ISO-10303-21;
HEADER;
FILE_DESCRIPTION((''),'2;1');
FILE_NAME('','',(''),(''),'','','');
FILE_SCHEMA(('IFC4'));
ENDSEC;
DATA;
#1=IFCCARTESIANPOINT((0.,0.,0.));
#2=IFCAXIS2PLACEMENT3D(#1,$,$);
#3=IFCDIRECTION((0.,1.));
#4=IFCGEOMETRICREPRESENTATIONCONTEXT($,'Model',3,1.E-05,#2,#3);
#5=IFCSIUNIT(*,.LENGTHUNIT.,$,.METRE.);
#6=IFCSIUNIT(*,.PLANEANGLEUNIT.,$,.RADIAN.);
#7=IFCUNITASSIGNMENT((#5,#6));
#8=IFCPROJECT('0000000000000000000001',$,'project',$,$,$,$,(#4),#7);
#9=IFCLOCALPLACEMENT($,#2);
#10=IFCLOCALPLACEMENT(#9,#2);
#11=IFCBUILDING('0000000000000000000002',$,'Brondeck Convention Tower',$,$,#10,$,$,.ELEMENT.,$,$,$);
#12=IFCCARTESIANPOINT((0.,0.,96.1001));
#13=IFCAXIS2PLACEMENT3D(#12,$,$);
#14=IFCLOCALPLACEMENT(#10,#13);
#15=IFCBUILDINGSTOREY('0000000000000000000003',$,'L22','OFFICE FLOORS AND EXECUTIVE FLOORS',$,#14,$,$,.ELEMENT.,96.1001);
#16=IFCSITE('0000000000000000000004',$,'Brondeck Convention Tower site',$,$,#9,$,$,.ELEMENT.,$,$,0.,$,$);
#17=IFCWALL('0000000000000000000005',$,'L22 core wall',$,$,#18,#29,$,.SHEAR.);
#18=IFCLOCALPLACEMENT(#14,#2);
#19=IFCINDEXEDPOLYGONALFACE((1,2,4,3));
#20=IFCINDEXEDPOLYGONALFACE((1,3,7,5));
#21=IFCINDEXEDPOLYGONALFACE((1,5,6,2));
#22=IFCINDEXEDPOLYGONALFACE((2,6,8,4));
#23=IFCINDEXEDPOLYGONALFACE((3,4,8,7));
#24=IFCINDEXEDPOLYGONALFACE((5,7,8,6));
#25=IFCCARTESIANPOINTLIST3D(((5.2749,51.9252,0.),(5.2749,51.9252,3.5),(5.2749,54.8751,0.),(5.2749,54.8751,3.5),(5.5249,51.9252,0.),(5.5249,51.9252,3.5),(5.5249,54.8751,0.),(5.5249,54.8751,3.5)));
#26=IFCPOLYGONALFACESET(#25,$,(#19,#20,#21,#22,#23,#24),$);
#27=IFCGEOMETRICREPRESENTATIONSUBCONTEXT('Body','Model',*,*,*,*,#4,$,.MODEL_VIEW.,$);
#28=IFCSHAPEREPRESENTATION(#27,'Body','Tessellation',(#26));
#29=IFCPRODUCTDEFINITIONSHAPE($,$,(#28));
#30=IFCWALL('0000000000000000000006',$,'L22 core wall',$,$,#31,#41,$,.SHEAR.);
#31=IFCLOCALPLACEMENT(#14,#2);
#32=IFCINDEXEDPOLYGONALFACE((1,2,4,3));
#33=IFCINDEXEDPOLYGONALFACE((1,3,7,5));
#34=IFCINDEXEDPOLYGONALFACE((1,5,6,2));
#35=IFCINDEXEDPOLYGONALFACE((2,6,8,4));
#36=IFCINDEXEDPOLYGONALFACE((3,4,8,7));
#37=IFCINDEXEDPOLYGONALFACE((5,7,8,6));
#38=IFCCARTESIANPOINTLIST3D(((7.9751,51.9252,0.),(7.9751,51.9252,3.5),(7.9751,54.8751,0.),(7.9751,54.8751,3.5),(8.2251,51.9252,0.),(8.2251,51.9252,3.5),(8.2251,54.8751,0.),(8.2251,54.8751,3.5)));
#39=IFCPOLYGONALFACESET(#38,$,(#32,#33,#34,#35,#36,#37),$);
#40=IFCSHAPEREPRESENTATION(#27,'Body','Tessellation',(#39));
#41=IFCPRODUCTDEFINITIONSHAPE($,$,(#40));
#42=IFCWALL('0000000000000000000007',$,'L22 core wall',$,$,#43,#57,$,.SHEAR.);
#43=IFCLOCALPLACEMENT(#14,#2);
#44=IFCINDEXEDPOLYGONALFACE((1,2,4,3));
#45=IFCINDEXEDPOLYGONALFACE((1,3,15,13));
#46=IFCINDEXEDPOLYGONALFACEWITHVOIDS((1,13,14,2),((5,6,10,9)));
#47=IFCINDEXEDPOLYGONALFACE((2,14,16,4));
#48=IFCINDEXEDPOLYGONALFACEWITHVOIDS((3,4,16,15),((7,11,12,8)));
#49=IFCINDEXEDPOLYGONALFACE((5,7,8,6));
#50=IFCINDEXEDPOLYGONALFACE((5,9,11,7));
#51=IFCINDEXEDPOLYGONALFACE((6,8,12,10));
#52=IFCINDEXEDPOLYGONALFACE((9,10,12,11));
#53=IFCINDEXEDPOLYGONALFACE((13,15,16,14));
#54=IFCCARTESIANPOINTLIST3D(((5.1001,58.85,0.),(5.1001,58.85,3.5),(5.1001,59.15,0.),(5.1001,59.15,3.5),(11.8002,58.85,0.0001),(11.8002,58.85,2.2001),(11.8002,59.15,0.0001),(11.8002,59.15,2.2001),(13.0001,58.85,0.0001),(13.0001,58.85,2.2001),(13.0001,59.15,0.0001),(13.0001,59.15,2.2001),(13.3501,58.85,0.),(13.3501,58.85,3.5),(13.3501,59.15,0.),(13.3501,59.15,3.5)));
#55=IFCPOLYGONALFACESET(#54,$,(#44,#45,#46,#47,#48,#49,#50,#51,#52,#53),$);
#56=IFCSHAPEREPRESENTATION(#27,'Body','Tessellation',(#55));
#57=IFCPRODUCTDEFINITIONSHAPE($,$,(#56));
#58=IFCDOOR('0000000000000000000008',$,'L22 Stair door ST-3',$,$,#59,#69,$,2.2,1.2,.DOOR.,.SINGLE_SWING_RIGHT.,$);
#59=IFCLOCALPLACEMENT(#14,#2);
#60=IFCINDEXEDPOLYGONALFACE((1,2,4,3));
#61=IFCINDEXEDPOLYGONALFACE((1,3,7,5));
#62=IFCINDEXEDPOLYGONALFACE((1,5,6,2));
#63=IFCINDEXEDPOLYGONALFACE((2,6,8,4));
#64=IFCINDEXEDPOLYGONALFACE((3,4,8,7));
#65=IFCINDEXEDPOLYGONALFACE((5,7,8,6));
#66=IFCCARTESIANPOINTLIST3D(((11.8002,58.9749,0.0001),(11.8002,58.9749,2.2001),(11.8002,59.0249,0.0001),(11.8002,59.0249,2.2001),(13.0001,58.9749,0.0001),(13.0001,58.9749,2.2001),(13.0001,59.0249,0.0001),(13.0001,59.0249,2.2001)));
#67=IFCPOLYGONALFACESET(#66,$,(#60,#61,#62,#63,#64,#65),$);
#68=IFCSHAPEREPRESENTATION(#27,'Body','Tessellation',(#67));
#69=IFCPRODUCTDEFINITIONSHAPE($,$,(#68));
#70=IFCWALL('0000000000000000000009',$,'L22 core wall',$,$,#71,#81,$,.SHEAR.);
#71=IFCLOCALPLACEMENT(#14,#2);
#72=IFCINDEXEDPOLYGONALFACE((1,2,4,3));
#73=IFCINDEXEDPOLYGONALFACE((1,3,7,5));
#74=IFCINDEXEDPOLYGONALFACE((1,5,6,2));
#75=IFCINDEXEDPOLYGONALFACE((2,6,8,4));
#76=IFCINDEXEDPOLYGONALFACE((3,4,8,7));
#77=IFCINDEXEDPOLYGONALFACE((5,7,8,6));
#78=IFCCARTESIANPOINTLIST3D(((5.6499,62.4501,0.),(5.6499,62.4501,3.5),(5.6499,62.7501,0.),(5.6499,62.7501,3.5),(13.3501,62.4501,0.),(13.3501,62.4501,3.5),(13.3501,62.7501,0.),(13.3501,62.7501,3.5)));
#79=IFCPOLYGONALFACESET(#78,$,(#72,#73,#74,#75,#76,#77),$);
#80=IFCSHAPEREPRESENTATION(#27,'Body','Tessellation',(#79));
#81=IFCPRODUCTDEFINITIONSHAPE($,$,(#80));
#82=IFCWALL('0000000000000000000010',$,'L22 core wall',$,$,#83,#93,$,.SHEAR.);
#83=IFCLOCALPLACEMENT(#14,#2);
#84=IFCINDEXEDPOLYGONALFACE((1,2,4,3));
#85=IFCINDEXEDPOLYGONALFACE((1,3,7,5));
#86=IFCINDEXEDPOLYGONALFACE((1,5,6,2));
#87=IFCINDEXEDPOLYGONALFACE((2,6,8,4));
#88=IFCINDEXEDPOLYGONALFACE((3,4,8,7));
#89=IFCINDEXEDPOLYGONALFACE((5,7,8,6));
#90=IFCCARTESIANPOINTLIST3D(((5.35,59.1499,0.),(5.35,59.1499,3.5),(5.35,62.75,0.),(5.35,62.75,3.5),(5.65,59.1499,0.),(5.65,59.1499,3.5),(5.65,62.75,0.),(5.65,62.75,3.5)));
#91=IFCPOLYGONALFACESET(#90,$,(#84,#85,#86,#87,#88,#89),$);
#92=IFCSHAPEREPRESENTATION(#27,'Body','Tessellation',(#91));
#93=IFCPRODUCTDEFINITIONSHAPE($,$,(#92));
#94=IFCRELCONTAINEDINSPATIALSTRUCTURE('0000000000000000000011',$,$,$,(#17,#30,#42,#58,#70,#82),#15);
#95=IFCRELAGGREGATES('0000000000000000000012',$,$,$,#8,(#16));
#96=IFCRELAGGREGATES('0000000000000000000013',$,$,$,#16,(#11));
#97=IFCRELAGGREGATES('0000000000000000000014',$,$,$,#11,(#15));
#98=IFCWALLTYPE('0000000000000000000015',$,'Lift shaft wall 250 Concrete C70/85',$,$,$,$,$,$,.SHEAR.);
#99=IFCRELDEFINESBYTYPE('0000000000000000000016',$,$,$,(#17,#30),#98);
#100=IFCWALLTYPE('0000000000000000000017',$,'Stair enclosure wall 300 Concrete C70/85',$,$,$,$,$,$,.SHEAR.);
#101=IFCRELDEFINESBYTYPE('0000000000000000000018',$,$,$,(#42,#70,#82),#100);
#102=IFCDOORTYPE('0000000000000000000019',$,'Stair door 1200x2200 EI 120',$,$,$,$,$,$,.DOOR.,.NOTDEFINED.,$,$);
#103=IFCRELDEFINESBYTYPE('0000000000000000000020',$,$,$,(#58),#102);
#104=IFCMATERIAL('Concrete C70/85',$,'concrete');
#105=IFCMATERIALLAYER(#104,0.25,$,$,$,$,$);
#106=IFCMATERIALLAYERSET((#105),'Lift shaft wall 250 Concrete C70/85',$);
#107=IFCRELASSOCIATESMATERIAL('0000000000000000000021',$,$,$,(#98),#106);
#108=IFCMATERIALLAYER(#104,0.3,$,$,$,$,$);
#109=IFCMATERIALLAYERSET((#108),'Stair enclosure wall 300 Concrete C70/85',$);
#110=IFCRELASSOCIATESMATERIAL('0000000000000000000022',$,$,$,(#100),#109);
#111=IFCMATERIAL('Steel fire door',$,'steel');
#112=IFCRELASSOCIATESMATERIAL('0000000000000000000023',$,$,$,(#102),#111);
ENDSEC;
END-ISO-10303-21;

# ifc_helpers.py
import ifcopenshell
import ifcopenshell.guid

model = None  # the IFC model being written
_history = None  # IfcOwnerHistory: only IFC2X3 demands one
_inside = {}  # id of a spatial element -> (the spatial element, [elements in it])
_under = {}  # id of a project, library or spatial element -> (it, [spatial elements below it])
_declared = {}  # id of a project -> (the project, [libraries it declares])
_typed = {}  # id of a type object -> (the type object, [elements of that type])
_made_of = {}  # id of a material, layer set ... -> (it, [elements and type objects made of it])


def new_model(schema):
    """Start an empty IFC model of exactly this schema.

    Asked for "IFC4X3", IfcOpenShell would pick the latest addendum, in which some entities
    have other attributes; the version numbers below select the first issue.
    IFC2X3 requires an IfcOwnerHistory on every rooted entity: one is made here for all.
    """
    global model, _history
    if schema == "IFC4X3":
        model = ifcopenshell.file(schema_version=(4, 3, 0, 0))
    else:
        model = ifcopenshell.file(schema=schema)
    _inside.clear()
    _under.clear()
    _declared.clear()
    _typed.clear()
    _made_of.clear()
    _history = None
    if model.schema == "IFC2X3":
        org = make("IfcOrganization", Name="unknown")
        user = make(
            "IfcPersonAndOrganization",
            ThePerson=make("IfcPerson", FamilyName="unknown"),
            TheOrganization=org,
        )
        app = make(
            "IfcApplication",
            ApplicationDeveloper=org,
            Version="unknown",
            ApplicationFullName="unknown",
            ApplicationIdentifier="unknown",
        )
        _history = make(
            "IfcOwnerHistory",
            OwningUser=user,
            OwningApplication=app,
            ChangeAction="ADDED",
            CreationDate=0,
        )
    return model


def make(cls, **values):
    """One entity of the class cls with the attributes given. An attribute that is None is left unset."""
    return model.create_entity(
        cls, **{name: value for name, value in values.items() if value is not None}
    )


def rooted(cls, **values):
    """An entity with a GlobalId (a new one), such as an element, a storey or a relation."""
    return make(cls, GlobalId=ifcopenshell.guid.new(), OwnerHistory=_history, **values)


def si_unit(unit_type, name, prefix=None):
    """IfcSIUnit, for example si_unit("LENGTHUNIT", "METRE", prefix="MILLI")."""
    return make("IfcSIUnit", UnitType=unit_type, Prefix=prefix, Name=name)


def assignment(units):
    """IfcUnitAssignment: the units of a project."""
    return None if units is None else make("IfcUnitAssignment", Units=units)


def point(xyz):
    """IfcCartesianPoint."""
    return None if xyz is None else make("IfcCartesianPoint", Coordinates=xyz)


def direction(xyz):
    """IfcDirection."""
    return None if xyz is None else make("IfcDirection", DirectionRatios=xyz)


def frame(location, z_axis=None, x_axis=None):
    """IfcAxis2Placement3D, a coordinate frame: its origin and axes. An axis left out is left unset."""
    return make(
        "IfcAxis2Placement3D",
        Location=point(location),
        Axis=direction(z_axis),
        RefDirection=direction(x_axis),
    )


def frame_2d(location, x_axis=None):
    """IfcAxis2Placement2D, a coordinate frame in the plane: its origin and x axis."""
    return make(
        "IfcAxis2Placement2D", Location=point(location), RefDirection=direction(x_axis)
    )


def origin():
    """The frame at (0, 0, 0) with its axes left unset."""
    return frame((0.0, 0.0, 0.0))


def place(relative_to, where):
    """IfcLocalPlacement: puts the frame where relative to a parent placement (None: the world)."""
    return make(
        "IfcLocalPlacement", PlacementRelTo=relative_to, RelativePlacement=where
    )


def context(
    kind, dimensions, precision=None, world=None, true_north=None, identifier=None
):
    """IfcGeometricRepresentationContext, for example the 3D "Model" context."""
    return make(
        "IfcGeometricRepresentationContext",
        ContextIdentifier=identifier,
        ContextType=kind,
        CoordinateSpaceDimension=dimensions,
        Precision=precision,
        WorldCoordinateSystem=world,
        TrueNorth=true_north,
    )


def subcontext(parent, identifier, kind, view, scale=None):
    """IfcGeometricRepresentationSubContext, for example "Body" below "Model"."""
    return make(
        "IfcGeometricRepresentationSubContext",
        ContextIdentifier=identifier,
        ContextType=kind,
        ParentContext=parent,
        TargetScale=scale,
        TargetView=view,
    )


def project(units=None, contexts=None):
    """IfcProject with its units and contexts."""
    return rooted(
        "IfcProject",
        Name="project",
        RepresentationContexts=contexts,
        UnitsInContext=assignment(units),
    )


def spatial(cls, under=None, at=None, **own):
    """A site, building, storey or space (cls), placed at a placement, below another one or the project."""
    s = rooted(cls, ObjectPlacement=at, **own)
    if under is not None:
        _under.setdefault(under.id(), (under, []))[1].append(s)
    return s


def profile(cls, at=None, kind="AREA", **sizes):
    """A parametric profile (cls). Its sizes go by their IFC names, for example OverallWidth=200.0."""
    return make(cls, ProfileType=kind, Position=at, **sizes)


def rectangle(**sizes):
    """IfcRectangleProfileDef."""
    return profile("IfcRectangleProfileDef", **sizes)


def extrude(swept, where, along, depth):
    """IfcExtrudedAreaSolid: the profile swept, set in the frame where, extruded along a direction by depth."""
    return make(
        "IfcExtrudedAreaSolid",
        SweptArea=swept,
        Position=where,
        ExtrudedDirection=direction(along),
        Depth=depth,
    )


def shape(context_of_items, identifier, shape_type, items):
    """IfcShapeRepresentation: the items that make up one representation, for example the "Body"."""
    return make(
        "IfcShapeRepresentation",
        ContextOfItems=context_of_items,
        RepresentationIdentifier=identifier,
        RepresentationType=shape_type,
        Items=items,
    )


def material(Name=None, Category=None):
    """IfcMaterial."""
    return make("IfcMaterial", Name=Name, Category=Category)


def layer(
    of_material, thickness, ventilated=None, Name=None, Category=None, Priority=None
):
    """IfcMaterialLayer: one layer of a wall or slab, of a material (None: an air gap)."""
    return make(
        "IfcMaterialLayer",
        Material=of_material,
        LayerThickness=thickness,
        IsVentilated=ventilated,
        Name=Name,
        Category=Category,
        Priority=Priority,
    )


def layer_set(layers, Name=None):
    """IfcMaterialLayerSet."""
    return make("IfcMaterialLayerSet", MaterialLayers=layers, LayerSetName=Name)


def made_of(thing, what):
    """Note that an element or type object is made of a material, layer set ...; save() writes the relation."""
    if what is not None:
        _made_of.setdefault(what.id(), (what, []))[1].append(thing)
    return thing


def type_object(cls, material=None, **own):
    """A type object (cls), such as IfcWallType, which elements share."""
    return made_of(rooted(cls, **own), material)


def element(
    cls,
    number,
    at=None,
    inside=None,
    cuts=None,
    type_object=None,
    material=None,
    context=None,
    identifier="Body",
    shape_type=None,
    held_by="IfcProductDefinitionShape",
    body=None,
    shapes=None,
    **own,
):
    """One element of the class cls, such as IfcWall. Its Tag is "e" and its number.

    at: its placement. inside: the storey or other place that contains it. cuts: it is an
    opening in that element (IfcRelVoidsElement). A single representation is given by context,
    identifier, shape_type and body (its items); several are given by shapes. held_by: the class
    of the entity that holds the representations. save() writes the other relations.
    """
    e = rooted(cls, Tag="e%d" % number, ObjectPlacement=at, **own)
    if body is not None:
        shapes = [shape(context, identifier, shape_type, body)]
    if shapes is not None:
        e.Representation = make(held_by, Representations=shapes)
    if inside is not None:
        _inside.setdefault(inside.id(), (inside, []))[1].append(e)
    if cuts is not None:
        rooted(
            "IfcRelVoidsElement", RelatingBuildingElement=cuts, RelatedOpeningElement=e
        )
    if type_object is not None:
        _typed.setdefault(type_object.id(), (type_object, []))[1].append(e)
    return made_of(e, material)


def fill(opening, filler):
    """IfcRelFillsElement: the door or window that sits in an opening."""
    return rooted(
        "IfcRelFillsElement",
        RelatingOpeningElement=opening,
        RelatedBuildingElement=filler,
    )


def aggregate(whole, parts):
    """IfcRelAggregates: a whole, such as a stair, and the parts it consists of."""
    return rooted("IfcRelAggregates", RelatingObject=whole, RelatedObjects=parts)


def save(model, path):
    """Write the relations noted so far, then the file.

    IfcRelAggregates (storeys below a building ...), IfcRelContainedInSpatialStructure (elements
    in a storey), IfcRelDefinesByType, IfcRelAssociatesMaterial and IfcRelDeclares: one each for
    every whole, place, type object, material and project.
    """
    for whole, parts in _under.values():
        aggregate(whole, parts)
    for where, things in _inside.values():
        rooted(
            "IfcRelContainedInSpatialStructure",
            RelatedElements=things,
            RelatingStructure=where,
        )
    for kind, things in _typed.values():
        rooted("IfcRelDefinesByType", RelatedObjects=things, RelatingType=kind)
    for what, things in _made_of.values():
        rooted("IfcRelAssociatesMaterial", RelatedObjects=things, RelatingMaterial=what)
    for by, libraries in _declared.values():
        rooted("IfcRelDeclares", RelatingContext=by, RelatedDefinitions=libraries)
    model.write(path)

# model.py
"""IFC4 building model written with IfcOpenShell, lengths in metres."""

from ifc_helpers import new_model, si_unit, direction, frame, frame_2d, origin, place, context, subcontext, project, spatial, rectangle, extrude, material, layer, layer_set, type_object, element, fill, save


model = new_model("IFC4")

# Units and contexts
model_context = context("Model", 3, precision=1e-05, world=origin(), true_north=direction((0.0, 1.0)))
body_context = subcontext(model_context, "Body", "Model", "MODEL_VIEW")
ifc_project = project(units=[si_unit("LENGTHUNIT", "METRE"), si_unit("PLANEANGLEUNIT", "RADIAN")], contexts=[model_context])

# Site, building, storey
site_placement = place(None, origin())
site = spatial("IfcSite", under=ifc_project, at=site_placement, Name="Brondeck Convention Tower site", CompositionType="ELEMENT", RefElevation=0.0)
building_placement = place(site_placement, origin())
building = spatial("IfcBuilding", under=site, at=building_placement, Name="Brondeck Convention Tower", CompositionType="ELEMENT")
storey_placement = place(building_placement, frame((0.0, 0.0, 96.1001)))
storey = spatial("IfcBuildingStorey", under=building, at=storey_placement, Name="L22", Description="OFFICE FLOORS AND EXECUTIVE FLOORS", CompositionType="ELEMENT", Elevation=96.1001)

# Shared definitions
ifc_material_1 = material(Name="Concrete C70/85", Category="concrete")

# Shared definitions
ifc_material_2 = material(Name="Steel fire door", Category="steel")

# Shared definitions
ifc_layer_1 = layer(ifc_material_1, 0.25)
ifc_layer_set_1 = layer_set([ifc_layer_1], Name="Lift shaft wall 250 Concrete C70/85")
wall_type_1 = type_object("IfcWallType", Name="Lift shaft wall 250 Concrete C70/85", PredefinedType="SHEAR", material=ifc_layer_set_1)

# Walls
for number, where, z_axis, x_axis, name in (
    (1, (5.3999, 51.925, 0.0), (0.0, 0.0, 1.0), (0.0, 1.0, 0.0), "L22 core wall"),
    (2, (8.1001, 51.925, 0.0), (0.0, 0.0, 1.0), (0.0, 1.0, 0.0), "L22 core wall"),
):
    element("IfcWall", number, at=place(storey_placement, frame(where, z_axis=z_axis, x_axis=x_axis)), inside=storey, type_object=wall_type_1, Name=name, PredefinedType="SHEAR", context=body_context, shape_type="SweptSolid", body=[
        extrude(rectangle(XDim=2.95, YDim=0.25, at=frame_2d((1.4751, 0.0))), origin(), (0.0, 0.0, 1.0), 3.5),
    ])

# Wall, opening, door
ifc_layer_2 = layer(ifc_material_1, 0.3)
ifc_layer_set_2 = layer_set([ifc_layer_2], Name="Stair enclosure wall 300 Concrete C70/85")
wall_type_2 = type_object("IfcWallType", Name="Stair enclosure wall 300 Concrete C70/85", PredefinedType="SHEAR", material=ifc_layer_set_2)
wall_1_placement = place(storey_placement, frame((5.1001, 59.0, 0.0), z_axis=(0.0, 0.0, 1.0), x_axis=(1.0, 0.0, 0.0)))
wall_1 = element("IfcWall", 3, at=wall_1_placement, inside=storey, type_object=wall_type_2, Name="L22 core wall", PredefinedType="SHEAR", context=body_context, shape_type="SweptSolid", body=[
    extrude(rectangle(XDim=8.25, YDim=0.3, at=frame_2d((4.125, 0.0))), origin(), (0.0, 0.0, 1.0), 3.5),
])
opening_1_placement = place(wall_1_placement, frame((6.7, 0.0, 0.0)))
opening_1 = element("IfcOpeningElement", 4, at=opening_1_placement, cuts=wall_1, PredefinedType="OPENING", context=body_context, shape_type="SweptSolid", body=[
    extrude(rectangle(XDim=1.2, YDim=2.2, at=frame_2d((0.6001, 1.1001))), frame((0.0, 0.1599, 0.0), z_axis=(0.0, -1.0, 0.0), x_axis=(1.0, 0.0, 0.0)), (0.0, 0.0, 1.0), 0.3201),
])
door_type_1 = type_object("IfcDoorType", Name="Stair door 1200x2200 EI 120", OperationType="NOTDEFINED", PredefinedType="DOOR", material=ifc_material_2)
door_1_placement = place(opening_1_placement, origin())
door_1 = element("IfcDoor", 5, at=door_1_placement, inside=storey, type_object=door_type_1, Name="L22 Stair door ST-3", OperationType="SINGLE_SWING_RIGHT", OverallHeight=2.2, OverallWidth=1.2, PredefinedType="DOOR", context=body_context, shape_type="SweptSolid", body=[
    extrude(rectangle(XDim=1.2, YDim=2.2, at=frame_2d((0.6001, 1.1001))), frame((0.0, 0.0249, 0.0), z_axis=(0.0, -1.0, 0.0), x_axis=(1.0, 0.0, 0.0)), (0.0, 0.0, 1.0), 0.05),
])
fill(opening_1, door_1)

# Walls
wall_2_placement = place(storey_placement, frame((5.6499, 62.6001, 0.0), z_axis=(0.0, 0.0, 1.0), x_axis=(1.0, 0.0, 0.0)))
element("IfcWall", 6, at=wall_2_placement, inside=storey, type_object=wall_type_2, Name="L22 core wall", PredefinedType="SHEAR", context=body_context, shape_type="SweptSolid", body=[
    extrude(rectangle(XDim=7.7002, YDim=0.3, at=frame_2d((3.8501, 0.0))), origin(), (0.0, 0.0, 1.0), 3.5),
])
wall_3_placement = place(storey_placement, frame((5.5, 59.1499, 0.0), z_axis=(0.0, 0.0, 1.0), x_axis=(0.0, 1.0, 0.0)))
element("IfcWall", 7, at=wall_3_placement, inside=storey, type_object=wall_type_2, Name="L22 core wall", PredefinedType="SHEAR", context=body_context, shape_type="SweptSolid", body=[
    extrude(rectangle(XDim=3.6001, YDim=0.3, at=frame_2d((1.8, 0.0))), origin(), (0.0, 0.0, 1.0), 3.5),
])

save(model, "model.ifc")
